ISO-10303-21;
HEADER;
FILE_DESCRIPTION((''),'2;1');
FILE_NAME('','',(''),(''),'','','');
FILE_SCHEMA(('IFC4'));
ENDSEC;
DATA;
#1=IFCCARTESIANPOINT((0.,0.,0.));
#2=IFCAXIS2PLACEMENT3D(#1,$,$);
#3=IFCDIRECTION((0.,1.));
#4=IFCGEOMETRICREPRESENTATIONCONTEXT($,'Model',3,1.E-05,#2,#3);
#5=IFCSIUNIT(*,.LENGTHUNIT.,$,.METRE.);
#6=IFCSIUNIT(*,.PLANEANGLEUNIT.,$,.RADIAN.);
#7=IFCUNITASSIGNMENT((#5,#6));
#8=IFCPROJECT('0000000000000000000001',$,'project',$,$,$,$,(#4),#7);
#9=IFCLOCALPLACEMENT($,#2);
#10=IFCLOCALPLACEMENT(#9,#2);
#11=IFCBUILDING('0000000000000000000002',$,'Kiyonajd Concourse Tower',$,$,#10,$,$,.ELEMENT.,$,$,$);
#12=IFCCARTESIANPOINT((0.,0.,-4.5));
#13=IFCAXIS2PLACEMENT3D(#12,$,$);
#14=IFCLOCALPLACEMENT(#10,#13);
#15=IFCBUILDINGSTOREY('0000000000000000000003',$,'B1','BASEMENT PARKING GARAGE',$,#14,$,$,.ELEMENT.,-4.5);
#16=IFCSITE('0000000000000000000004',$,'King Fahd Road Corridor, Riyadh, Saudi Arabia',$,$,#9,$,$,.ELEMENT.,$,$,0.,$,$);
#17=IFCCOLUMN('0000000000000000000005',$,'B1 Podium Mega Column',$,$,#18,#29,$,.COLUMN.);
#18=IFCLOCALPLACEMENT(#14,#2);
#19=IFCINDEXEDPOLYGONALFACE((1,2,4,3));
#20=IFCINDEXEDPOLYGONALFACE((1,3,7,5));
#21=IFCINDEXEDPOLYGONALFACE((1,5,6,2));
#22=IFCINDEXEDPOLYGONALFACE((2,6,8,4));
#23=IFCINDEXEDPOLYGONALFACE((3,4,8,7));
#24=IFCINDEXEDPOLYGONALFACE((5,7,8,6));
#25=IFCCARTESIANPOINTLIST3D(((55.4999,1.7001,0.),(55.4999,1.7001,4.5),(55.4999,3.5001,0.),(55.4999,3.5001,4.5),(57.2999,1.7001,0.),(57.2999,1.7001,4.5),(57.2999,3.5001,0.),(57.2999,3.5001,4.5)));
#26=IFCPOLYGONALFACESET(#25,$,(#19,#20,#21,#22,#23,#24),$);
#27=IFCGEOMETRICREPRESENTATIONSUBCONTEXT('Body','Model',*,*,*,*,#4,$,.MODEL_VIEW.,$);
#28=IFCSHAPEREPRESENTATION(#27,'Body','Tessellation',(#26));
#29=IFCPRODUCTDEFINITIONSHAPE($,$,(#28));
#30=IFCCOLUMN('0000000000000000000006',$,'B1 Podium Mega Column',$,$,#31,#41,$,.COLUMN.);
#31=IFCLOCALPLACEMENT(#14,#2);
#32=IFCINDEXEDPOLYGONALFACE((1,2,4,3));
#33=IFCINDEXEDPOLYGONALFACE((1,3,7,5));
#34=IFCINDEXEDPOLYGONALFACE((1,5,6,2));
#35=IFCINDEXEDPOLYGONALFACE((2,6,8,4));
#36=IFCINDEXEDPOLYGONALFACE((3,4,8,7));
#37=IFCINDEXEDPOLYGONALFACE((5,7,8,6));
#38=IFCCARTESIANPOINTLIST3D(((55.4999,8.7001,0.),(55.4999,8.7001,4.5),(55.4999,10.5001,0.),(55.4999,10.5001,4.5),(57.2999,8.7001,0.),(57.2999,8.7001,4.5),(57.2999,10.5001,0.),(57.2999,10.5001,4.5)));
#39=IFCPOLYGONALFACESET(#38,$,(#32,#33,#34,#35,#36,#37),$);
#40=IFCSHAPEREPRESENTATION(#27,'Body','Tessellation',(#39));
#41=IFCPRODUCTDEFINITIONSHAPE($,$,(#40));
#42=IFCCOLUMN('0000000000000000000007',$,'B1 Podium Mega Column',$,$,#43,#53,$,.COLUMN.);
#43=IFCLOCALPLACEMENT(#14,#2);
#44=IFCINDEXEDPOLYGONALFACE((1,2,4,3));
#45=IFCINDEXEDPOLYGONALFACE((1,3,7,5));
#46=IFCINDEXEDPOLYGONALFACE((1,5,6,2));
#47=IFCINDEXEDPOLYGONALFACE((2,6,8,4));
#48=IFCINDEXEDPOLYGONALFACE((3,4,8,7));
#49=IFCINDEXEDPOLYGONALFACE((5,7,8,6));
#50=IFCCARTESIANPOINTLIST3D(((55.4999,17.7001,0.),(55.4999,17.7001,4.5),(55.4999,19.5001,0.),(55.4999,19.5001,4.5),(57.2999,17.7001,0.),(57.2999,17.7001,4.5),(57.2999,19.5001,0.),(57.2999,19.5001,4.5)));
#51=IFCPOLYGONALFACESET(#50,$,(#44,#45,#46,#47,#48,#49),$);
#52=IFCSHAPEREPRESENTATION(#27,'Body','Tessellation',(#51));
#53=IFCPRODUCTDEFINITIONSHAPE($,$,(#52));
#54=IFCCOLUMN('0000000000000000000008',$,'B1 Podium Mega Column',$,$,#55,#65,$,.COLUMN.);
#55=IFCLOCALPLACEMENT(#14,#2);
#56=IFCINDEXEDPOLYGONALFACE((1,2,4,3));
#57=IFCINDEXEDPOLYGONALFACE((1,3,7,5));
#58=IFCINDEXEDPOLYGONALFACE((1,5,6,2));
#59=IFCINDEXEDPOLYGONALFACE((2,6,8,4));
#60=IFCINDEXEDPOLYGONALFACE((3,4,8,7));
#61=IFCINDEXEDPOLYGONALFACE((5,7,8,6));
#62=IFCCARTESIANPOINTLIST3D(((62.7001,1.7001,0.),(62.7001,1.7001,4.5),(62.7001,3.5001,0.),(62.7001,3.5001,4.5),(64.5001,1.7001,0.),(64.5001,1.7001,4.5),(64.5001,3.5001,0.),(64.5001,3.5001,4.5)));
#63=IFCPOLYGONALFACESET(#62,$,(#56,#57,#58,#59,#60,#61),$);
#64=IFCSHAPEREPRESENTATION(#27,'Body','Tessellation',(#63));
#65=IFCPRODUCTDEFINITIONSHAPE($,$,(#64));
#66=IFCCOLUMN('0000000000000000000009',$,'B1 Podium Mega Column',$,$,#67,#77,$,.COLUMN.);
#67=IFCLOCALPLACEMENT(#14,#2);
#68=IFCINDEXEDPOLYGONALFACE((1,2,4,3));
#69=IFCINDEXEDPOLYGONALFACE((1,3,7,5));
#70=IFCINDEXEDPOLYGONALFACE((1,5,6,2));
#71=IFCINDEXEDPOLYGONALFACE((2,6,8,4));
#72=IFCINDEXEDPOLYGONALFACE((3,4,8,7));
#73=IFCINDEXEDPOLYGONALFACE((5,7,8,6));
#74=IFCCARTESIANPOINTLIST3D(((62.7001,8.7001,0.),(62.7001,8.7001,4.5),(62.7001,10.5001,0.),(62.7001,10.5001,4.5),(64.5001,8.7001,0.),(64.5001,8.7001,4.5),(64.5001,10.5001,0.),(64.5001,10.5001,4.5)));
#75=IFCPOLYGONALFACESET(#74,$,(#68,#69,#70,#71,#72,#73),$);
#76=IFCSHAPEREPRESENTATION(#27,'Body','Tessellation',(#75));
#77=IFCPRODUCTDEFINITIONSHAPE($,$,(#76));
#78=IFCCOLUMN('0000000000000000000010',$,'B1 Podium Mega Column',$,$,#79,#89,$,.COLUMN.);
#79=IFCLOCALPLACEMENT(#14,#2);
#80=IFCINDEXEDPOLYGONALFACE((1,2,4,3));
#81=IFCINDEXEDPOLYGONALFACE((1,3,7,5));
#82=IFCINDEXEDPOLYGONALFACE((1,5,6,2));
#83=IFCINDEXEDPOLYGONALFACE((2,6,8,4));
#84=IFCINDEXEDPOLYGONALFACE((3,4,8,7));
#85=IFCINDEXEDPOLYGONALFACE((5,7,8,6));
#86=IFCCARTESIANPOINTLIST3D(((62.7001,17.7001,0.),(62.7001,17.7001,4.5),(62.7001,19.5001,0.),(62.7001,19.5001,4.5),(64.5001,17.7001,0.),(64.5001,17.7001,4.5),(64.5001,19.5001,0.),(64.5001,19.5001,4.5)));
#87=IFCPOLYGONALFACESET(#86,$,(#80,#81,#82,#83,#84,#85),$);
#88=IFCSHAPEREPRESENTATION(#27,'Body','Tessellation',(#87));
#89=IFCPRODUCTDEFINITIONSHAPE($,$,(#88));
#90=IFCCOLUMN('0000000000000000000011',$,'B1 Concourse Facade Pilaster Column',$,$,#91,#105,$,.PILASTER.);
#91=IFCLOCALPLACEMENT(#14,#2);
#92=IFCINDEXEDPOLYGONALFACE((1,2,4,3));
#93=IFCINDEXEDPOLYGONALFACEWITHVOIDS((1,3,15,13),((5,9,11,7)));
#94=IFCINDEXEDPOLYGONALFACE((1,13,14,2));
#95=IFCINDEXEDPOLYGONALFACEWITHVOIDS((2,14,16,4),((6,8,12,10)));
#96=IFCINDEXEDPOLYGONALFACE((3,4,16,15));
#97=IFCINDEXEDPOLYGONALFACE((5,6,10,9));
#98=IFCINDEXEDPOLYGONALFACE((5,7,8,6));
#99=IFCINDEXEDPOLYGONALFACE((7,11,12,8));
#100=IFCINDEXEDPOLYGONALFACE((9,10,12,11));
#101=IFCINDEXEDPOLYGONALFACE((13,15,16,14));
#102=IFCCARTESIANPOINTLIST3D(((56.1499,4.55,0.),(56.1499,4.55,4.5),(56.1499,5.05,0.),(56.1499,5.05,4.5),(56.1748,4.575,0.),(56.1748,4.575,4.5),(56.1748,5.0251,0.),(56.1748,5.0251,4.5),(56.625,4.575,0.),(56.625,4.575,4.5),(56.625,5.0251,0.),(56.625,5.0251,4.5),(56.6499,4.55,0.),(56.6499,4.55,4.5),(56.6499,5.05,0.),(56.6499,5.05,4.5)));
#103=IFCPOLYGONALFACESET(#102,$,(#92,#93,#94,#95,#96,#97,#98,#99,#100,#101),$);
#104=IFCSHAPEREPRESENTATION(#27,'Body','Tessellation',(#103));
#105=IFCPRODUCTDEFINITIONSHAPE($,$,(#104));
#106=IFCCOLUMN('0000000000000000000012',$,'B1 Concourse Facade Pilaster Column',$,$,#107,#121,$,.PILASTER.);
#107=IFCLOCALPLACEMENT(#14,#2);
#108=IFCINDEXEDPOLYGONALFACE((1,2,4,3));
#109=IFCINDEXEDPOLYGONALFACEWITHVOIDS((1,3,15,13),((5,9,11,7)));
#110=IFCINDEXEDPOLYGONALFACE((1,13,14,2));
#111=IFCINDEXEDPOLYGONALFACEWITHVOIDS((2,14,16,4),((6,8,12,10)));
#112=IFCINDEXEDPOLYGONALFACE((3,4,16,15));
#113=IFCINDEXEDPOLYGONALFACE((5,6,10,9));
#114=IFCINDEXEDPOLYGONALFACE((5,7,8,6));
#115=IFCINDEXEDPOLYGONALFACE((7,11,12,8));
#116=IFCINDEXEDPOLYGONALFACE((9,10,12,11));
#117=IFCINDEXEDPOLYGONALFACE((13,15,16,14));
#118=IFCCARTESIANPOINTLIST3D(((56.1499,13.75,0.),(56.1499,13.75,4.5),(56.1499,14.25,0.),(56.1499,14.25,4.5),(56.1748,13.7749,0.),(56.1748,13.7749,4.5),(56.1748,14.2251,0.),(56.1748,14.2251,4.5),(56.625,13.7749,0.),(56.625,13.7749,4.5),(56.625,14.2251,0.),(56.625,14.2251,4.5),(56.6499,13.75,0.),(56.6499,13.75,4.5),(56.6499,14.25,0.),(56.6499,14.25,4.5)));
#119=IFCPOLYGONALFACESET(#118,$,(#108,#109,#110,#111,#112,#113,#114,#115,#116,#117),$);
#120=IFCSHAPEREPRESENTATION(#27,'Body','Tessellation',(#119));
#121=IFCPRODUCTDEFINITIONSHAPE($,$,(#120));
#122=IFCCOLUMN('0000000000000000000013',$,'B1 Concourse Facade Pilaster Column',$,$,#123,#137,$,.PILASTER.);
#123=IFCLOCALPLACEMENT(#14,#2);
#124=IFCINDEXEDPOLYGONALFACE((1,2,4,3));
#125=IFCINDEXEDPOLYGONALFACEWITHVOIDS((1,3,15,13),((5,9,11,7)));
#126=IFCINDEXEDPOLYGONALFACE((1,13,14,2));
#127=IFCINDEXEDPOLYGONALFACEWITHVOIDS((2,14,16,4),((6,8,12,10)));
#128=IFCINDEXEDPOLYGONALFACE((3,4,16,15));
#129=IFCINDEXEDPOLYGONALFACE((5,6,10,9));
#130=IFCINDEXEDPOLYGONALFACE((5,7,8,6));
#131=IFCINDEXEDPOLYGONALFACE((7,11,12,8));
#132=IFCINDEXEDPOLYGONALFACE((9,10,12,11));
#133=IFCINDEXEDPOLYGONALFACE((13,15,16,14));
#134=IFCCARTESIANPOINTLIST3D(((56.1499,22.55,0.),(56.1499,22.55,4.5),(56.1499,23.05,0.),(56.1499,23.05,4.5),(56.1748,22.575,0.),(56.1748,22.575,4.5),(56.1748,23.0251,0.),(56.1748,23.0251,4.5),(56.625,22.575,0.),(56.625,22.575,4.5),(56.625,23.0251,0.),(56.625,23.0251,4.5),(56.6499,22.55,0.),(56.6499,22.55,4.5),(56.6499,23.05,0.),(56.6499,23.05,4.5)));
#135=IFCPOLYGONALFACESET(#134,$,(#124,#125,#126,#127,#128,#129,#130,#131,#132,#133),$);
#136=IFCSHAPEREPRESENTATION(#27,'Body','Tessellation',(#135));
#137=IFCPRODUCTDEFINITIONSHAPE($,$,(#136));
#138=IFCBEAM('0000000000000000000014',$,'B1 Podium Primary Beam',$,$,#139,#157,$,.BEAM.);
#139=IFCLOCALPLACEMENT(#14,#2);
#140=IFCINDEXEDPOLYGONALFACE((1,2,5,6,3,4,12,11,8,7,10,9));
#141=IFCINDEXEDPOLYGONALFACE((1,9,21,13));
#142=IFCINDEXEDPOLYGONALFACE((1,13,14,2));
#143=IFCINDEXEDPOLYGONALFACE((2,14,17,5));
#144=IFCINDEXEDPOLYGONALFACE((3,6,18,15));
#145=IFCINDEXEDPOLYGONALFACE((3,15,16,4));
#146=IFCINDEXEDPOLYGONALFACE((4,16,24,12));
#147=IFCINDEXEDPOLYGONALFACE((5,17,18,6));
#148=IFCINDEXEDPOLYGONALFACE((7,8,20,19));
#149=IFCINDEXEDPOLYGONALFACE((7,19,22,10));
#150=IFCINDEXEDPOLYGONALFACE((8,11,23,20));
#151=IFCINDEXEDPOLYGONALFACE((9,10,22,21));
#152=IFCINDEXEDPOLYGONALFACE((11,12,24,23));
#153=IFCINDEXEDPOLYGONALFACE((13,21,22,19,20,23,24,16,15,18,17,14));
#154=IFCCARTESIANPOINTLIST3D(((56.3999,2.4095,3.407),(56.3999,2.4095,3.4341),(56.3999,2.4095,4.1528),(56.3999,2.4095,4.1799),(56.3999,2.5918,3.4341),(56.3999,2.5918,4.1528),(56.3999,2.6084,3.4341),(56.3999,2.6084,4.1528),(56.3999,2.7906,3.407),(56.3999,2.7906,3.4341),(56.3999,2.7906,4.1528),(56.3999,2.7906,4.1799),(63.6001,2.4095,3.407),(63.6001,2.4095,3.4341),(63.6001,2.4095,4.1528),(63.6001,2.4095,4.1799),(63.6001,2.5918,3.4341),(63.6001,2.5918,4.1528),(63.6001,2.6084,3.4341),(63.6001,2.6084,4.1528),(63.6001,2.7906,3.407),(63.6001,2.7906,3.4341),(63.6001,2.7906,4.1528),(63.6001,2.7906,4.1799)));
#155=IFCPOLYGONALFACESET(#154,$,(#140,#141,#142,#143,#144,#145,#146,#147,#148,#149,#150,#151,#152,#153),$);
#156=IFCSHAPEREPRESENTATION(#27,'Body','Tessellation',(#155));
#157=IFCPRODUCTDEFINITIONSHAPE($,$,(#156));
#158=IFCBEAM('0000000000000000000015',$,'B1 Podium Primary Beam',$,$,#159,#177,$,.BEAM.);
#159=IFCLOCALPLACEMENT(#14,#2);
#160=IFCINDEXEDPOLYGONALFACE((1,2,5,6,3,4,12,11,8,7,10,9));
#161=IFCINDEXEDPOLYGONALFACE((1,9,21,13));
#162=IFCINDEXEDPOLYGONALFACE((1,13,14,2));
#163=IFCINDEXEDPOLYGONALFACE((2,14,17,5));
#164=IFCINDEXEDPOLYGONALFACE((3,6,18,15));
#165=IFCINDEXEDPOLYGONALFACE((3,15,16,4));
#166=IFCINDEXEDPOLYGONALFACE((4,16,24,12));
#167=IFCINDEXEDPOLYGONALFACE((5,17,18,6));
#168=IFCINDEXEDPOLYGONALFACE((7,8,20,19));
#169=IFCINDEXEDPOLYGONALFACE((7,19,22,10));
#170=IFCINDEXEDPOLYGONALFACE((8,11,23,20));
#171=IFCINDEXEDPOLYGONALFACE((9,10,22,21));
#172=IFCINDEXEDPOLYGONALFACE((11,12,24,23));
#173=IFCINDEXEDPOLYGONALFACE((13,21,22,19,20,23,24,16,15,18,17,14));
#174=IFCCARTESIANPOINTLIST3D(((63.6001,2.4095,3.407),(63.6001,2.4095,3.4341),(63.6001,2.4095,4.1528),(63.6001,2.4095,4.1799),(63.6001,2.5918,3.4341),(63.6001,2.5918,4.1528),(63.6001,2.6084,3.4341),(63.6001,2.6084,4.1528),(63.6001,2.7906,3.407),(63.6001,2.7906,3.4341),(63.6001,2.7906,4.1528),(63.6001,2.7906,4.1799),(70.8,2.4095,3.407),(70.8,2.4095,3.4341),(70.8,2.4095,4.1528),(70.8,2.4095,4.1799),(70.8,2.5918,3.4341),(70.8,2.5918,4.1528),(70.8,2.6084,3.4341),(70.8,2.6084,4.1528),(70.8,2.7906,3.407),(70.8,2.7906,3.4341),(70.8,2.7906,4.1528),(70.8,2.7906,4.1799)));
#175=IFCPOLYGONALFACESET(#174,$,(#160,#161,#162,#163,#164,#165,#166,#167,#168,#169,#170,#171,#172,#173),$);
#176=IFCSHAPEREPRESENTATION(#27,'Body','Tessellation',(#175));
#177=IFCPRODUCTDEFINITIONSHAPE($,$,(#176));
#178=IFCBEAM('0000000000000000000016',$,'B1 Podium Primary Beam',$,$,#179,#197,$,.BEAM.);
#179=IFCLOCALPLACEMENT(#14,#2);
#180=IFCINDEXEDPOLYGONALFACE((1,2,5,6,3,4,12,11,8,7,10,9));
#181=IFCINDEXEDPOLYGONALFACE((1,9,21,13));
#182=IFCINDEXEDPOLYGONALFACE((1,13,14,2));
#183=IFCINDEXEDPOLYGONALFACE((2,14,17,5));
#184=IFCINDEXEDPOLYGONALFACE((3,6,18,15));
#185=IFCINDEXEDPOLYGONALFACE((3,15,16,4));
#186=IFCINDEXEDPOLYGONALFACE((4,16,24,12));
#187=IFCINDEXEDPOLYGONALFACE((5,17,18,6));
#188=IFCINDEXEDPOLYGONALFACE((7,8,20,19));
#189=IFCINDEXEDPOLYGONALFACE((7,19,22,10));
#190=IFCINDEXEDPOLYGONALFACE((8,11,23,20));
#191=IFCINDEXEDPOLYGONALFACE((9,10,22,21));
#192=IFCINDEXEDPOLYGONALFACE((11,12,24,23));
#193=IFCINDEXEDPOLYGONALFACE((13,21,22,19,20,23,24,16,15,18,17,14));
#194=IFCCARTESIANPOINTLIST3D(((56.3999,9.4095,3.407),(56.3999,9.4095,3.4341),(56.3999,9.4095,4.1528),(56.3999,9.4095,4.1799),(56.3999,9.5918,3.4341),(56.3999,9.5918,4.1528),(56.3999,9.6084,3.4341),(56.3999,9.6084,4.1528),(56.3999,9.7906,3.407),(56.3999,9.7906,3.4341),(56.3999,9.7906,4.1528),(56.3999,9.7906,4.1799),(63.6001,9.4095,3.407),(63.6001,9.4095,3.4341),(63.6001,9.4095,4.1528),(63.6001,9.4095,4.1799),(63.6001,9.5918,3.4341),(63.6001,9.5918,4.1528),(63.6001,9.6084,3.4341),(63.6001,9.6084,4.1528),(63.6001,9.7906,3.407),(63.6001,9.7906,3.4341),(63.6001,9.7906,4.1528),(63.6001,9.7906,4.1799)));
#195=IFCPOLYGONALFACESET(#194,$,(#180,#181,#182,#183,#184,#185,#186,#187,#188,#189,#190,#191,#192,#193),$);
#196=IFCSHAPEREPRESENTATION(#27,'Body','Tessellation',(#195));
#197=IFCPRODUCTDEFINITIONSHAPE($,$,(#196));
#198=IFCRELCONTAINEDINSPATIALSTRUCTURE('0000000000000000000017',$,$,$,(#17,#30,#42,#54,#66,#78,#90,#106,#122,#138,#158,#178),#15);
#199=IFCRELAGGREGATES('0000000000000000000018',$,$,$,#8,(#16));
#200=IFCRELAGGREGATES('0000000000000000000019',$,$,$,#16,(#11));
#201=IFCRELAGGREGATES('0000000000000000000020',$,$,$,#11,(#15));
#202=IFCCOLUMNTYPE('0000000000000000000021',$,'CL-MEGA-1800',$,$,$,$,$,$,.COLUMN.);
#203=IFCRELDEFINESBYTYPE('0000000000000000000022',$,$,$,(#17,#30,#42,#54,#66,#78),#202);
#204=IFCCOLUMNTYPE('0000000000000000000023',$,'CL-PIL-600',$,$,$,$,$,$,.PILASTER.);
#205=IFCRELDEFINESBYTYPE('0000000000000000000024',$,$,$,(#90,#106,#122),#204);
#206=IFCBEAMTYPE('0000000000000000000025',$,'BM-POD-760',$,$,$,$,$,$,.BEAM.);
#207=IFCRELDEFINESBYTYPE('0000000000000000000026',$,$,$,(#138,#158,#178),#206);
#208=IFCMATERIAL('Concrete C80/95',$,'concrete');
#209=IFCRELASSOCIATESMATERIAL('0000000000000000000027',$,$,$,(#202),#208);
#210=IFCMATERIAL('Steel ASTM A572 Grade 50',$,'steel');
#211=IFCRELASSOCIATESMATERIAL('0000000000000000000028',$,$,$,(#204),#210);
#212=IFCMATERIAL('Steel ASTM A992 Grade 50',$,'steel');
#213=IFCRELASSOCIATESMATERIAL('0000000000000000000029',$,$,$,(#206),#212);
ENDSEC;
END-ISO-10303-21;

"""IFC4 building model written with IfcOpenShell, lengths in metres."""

from ifc_helpers import new_model, si_unit, direction, frame, origin, origin_2d, place, context, subcontext, project, spatial, rectangle, hollow_rectangle, i_section, extrude, material, material_profile, profile_set, type_object, element, save


model = new_model("IFC4")

# Units and contexts
model_context = context("Model", 3, precision=1e-05, world=origin(), true_north=direction((0.0, 1.0)))
body_context = subcontext(model_context, "Body", "Model", "MODEL_VIEW")
ifc_project = project(units=[si_unit("LENGTHUNIT", "METRE"), si_unit("PLANEANGLEUNIT", "RADIAN")], contexts=[model_context])

# Site, building, storey
site_placement = place(None, origin())
site = spatial("IfcSite", under=ifc_project, at=site_placement, Name="King Fahd Road Corridor, Riyadh, Saudi Arabia", CompositionType="ELEMENT", RefElevation=0.0)
building_placement = place(site_placement, origin())
building = spatial("IfcBuilding", under=site, at=building_placement, Name="Kiyonajd Concourse Tower", CompositionType="ELEMENT")
storey_placement = place(building_placement, frame((0.0, 0.0, -4.5)))
storey = spatial("IfcBuildingStorey", under=building, at=storey_placement, Name="B1", Description="BASEMENT PARKING GARAGE", CompositionType="ELEMENT", Elevation=-4.5)

# Columns
ifc_material_1 = material(Name="Concrete C80/95", Category="concrete")
ifc_material_profile_1 = material_profile(ifc_material_1, rectangle(XDim=1.8, YDim=1.8, at=origin_2d()), Name="RC-1800x1800")
ifc_profile_set_1 = profile_set([ifc_material_profile_1], Name="Concrete C80/95")
column_type_1 = type_object("IfcColumnType", Name="CL-MEGA-1800", PredefinedType="COLUMN", material=ifc_profile_set_1)
for number, where, z_axis, x_axis, name in (
    (1, (56.3999, 2.6001, 0.0), (0.0, 0.0, 1.0), (1.0, 0.0, 0.0), "B1 Podium Mega Column"),
    (2, (56.3999, 9.6001, 0.0), (0.0, 0.0, 1.0), (1.0, 0.0, 0.0), "B1 Podium Mega Column"),
    (3, (56.3999, 18.6001, 0.0), (0.0, 0.0, 1.0), (1.0, 0.0, 0.0), "B1 Podium Mega Column"),
    (4, (63.6001, 2.6001, 0.0), (0.0, 0.0, 1.0), (1.0, 0.0, 0.0), "B1 Podium Mega Column"),
    (5, (63.6001, 9.6001, 0.0), (0.0, 0.0, 1.0), (1.0, 0.0, 0.0), "B1 Podium Mega Column"),
    (6, (63.6001, 18.6001, 0.0), (0.0, 0.0, 1.0), (1.0, 0.0, 0.0), "B1 Podium Mega Column"),
):
    element("IfcColumn", number, at=place(storey_placement, frame(where, z_axis=z_axis, x_axis=x_axis)), inside=storey, type_object=column_type_1, Name=name, PredefinedType="COLUMN", context=body_context, shape_type="SweptSolid", body=[
        extrude(rectangle(XDim=1.8, YDim=1.8, at=origin_2d()), origin(), (0.0, 0.0, 1.0), 4.5),
    ])
ifc_material_2 = material(Name="Steel ASTM A572 Grade 50", Category="steel")
ifc_material_profile_2 = material_profile(ifc_material_2, hollow_rectangle(XDim=0.5, YDim=0.5, WallThickness=0.0249, at=origin_2d()), Name="HSS-500x500x25")
ifc_profile_set_2 = profile_set([ifc_material_profile_2], Name="Steel ASTM A572 Grade 50")
column_type_2 = type_object("IfcColumnType", Name="CL-PIL-600", PredefinedType="PILASTER", material=ifc_profile_set_2)
for number, where, z_axis, x_axis, name in (
    (7, (56.3999, 4.8, 0.0), (0.0, 0.0, 1.0), (1.0, 0.0, 0.0), "B1 Concourse Facade Pilaster Column"),
    (8, (56.3999, 14.0, 0.0), (0.0, 0.0, 1.0), (1.0, 0.0, 0.0), "B1 Concourse Facade Pilaster Column"),
    (9, (56.3999, 22.8, 0.0), (0.0, 0.0, 1.0), (1.0, 0.0, 0.0), "B1 Concourse Facade Pilaster Column"),
):
    element("IfcColumn", number, at=place(storey_placement, frame(where, z_axis=z_axis, x_axis=x_axis)), inside=storey, type_object=column_type_2, Name=name, PredefinedType="PILASTER", context=body_context, shape_type="SweptSolid", body=[
        extrude(hollow_rectangle(XDim=0.5, YDim=0.5, WallThickness=0.0249, at=origin_2d()), origin(), (0.0, 0.0, 1.0), 4.5),
    ])

# Beams
ifc_material_3 = material(Name="Steel ASTM A992 Grade 50", Category="steel")
ifc_material_profile_3 = material_profile(ifc_material_3, i_section(OverallWidth=0.3811, OverallDepth=0.7729, WebThickness=0.0166, FlangeThickness=0.0271, at=origin_2d()), Name="W760X257")
ifc_profile_set_3 = profile_set([ifc_material_profile_3], Name="Steel ASTM A992 Grade 50")
beam_type_1 = type_object("IfcBeamType", Name="BM-POD-760", PredefinedType="BEAM", material=ifc_profile_set_3)
beam_1_placement = place(storey_placement, frame((56.3999, 2.6001, 3.7935), z_axis=(1.0, 0.0, 0.0), x_axis=(0.0, 1.0, 0.0)))
element("IfcBeam", 10, at=beam_1_placement, inside=storey, type_object=beam_type_1, Name="B1 Podium Primary Beam", PredefinedType="BEAM", context=body_context, shape_type="SweptSolid", body=[
    extrude(i_section(OverallWidth=0.3811, OverallDepth=0.7729, WebThickness=0.0166, FlangeThickness=0.0271, at=origin_2d()), origin(), (0.0, 0.0, 1.0), 7.2002),
])
beam_2_placement = place(storey_placement, frame((63.6001, 2.6001, 3.7935), z_axis=(1.0, 0.0, 0.0), x_axis=(0.0, 1.0, 0.0)))
element("IfcBeam", 11, at=beam_2_placement, inside=storey, type_object=beam_type_1, Name="B1 Podium Primary Beam", PredefinedType="BEAM", context=body_context, shape_type="SweptSolid", body=[
    extrude(i_section(OverallWidth=0.3811, OverallDepth=0.7729, WebThickness=0.0166, FlangeThickness=0.0271, at=origin_2d()), origin(), (0.0, 0.0, 1.0), 7.2),
])
beam_3_placement = place(storey_placement, frame((56.3999, 9.6001, 3.7935), z_axis=(1.0, 0.0, 0.0), x_axis=(0.0, 1.0, 0.0)))
element("IfcBeam", 12, at=beam_3_placement, inside=storey, type_object=beam_type_1, Name="B1 Podium Primary Beam", PredefinedType="BEAM", context=body_context, shape_type="SweptSolid", body=[
    extrude(i_section(OverallWidth=0.3811, OverallDepth=0.7729, WebThickness=0.0166, FlangeThickness=0.0271, at=origin_2d()), origin(), (0.0, 0.0, 1.0), 7.2002),
])

save(model, "model.ifc")
